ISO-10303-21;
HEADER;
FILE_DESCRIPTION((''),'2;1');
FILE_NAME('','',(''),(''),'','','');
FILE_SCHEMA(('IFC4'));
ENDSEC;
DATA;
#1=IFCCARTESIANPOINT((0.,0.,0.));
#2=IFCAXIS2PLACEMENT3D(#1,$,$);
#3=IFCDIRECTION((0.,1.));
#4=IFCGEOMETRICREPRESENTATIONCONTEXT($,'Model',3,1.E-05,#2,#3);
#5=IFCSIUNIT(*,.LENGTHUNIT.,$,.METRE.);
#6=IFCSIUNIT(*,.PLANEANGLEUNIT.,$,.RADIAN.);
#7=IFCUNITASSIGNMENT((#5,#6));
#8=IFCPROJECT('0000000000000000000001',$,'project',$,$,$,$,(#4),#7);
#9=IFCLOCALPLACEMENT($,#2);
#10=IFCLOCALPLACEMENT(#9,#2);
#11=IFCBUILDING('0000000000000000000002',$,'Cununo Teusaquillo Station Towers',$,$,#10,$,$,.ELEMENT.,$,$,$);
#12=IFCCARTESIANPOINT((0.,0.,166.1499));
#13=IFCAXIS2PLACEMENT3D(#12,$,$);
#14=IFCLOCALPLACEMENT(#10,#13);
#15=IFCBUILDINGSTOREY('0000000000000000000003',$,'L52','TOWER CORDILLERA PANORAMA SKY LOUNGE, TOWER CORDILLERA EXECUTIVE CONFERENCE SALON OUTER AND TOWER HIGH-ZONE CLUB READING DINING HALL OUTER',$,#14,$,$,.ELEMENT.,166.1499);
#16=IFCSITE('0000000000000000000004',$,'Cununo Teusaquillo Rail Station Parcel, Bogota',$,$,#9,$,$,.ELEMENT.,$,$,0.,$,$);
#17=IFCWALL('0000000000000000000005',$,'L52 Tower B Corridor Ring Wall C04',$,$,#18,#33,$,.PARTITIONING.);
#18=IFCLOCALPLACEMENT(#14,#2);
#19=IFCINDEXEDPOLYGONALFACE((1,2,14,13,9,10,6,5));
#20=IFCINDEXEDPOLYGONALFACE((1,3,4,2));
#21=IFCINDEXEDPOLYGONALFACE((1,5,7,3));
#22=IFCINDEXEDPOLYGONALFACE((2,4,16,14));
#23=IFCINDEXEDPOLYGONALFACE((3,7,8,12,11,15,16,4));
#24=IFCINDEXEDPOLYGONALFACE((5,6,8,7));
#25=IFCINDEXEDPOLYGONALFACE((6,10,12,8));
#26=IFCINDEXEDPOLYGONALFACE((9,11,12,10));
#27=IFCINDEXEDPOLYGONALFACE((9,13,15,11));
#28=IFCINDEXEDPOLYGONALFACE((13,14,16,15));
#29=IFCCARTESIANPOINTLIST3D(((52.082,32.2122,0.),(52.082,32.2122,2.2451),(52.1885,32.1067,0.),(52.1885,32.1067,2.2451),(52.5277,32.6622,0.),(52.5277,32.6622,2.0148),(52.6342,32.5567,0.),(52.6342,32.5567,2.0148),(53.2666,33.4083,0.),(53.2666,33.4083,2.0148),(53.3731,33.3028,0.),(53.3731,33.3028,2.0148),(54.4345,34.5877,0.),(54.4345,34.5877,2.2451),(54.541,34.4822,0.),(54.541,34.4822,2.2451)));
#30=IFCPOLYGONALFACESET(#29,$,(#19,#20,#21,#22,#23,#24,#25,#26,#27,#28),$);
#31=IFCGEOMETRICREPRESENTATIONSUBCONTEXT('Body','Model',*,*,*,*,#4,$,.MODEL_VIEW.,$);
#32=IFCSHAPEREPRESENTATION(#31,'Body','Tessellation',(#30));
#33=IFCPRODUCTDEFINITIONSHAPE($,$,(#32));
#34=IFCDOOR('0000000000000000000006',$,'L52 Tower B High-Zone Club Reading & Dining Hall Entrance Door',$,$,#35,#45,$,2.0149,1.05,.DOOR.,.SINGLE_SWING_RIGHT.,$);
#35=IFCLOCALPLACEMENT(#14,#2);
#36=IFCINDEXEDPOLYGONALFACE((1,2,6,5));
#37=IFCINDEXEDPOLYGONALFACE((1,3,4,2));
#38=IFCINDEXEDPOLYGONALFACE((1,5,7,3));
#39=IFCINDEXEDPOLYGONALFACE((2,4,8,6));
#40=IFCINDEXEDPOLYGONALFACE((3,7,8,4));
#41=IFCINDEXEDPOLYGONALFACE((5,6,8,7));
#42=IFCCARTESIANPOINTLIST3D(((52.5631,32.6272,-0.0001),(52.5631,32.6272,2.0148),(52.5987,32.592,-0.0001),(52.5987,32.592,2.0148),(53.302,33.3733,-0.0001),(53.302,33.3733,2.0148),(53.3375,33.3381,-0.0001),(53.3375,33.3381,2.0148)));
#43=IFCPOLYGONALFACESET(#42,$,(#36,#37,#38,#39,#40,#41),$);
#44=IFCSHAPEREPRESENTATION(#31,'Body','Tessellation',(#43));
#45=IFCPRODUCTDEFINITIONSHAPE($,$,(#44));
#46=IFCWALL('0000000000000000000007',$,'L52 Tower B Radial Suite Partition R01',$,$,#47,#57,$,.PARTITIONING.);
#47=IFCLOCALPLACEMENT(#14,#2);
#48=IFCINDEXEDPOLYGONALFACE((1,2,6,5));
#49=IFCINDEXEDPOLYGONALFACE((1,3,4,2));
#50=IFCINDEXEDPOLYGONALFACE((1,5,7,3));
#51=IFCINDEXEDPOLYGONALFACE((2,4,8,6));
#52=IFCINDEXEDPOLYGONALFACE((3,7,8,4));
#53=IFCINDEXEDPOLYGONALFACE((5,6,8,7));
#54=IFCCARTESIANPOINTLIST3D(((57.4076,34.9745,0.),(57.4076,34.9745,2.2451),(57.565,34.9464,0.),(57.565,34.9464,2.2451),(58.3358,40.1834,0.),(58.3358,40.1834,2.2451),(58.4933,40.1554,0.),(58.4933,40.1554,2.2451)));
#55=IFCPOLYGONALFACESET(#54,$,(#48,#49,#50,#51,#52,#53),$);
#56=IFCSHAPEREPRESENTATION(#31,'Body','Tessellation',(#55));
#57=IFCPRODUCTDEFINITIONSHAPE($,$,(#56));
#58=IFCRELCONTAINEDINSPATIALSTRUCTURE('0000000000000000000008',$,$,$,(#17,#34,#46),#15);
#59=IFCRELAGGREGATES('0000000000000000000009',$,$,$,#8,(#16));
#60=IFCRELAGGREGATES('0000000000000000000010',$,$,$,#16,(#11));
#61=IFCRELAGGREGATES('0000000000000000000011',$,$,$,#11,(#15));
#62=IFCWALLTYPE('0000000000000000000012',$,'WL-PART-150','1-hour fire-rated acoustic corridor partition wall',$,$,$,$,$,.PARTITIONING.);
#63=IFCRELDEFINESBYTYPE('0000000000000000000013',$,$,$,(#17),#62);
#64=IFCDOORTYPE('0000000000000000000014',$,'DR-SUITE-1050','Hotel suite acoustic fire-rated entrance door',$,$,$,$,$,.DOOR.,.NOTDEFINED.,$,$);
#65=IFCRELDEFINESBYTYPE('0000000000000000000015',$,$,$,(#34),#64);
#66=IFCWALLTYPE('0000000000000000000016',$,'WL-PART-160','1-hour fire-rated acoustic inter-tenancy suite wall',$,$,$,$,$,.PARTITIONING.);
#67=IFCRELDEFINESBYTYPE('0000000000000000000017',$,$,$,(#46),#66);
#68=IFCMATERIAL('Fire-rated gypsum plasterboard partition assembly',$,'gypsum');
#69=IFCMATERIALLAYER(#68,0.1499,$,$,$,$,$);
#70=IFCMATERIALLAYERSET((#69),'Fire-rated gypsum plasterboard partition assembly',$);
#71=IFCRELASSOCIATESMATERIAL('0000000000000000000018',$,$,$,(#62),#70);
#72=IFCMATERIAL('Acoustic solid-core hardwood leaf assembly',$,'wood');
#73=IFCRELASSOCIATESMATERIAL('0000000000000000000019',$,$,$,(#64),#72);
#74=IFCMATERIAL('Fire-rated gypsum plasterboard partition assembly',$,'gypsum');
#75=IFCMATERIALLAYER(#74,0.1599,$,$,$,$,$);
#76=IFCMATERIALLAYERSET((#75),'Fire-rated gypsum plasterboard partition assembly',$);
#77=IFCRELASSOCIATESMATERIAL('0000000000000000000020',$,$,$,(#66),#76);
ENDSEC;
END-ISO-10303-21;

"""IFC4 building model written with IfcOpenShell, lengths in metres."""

from ifc_helpers import new_model, si_unit, direction, frame, frame_2d, origin, place, context, subcontext, project, spatial, rectangle, extrude, source, transform, mapped, material, layer, layer_set, type_object, element, fill, save


model = new_model("IFC4")

# Units and contexts
model_context = context("Model", 3, precision=1e-05, world=origin(), true_north=direction((0.0, 1.0)))
body_context = subcontext(model_context, "Body", "Model", "MODEL_VIEW")
ifc_project = project(units=[si_unit("LENGTHUNIT", "METRE"), si_unit("PLANEANGLEUNIT", "RADIAN")], contexts=[model_context])

# Site, building, storey
site_placement = place(None, origin())
site = spatial("IfcSite", under=ifc_project, at=site_placement, Name="Cununo Teusaquillo Rail Station Parcel, Bogota", CompositionType="ELEMENT", RefElevation=0.0)
building_placement = place(site_placement, origin())
building = spatial("IfcBuilding", under=site, at=building_placement, Name="Cununo Teusaquillo Station Towers", CompositionType="ELEMENT")
storey_placement = place(building_placement, frame((0.0, 0.0, 166.1499)))
storey = spatial("IfcBuildingStorey", under=building, at=storey_placement, Name="L52", Description="TOWER CORDILLERA PANORAMA SKY LOUNGE, TOWER CORDILLERA EXECUTIVE CONFERENCE SALON OUTER AND TOWER HIGH-ZONE CLUB READING DINING HALL OUTER", CompositionType="ELEMENT", Elevation=166.1499)

# Shared definitions
ifc_material_1 = material(Name="Fire-rated gypsum plasterboard partition assembly", Category="gypsum")
ifc_layer_1 = layer(ifc_material_1, 0.1499)
ifc_layer_set_1 = layer_set([ifc_layer_1], Name="Fire-rated gypsum plasterboard partition assembly")
wall_type_1 = type_object("IfcWallType", Name="WL-PART-150", Description="1-hour fire-rated acoustic corridor partition wall", PredefinedType="PARTITIONING", material=ifc_layer_set_1)

# Wall, opening, door
wall_1_placement = place(storey_placement, frame((54.4878, 34.5349, 0.0), z_axis=(0.0, 0.0, 1.0), x_axis=(-0.703666, -0.710531, 0.0)))
wall_1 = element("IfcWall", 1, at=wall_1_placement, inside=storey, type_object=wall_type_1, Name="L52 Tower B Corridor Ring Wall C04", PredefinedType="PARTITIONING", context=body_context, shape_type="SweptSolid", body=[
    extrude(rectangle(XDim=3.3433, YDim=0.1499, at=frame_2d((1.6716, 0.0))), origin(), (0.0, 0.0, 1.0), 2.2451),
])
shared_shape_1 = source(origin(), body_context, "Body", "SweptSolid", [
    extrude(rectangle(XDim=1.05, YDim=2.0149, at=frame_2d((0.5249, 1.0073))), frame((0.0, 0.085, 0.0), z_axis=(0.0, -1.0, 0.0), x_axis=(1.0, 0.0, 0.0)), (0.0, 0.0, 1.0), 0.1699),
])
opening_1_placement = place(wall_1_placement, frame((1.6599, 0.0, 0.0)))
opening_1 = element("IfcOpeningElement", 2, at=opening_1_placement, cuts=wall_1, PredefinedType="OPENING", context=body_context, shape_type="MappedRepresentation", body=[
    mapped(shared_shape_1, transform((0.0, 0.0, 0.0), x_axis=(1.0, 0.0, 0.0), y_axis=(0.0, 1.0, 0.0), z_axis=(0.0, 0.0, 1.0), scale=1.0)),
])
ifc_material_2 = material(Name="Acoustic solid-core hardwood leaf assembly", Category="wood")
door_type_1 = type_object("IfcDoorType", Name="DR-SUITE-1050", Description="Hotel suite acoustic fire-rated entrance door", OperationType="NOTDEFINED", PredefinedType="DOOR", material=ifc_material_2)
shared_shape_2 = source(origin(), body_context, "Body", "SweptSolid", [
    extrude(rectangle(XDim=1.05, YDim=2.0149, at=frame_2d((0.5249, 1.0073))), frame((0.0, 0.0249, 0.0), z_axis=(0.0, -1.0, 0.0), x_axis=(1.0, 0.0, 0.0)), (0.0, 0.0, 1.0), 0.05),
])
door_1_placement = place(opening_1_placement, origin())
door_1 = element("IfcDoor", 3, at=door_1_placement, inside=storey, type_object=door_type_1, Name="L52 Tower B High-Zone Club Reading & Dining Hall Entrance Door", OperationType="SINGLE_SWING_RIGHT", OverallHeight=2.0149, OverallWidth=1.05, PredefinedType="DOOR", context=body_context, shape_type="MappedRepresentation", body=[
    mapped(shared_shape_2, transform((0.0, 0.0, 0.0), x_axis=(1.0, 0.0, 0.0), y_axis=(0.0, 1.0, 0.0), z_axis=(0.0, 0.0, 1.0), scale=1.0)),
])
fill(opening_1, door_1)

# Wall
ifc_material_3 = material(Name="Fire-rated gypsum plasterboard partition assembly", Category="gypsum")
ifc_layer_2 = layer(ifc_material_3, 0.1599)
ifc_layer_set_2 = layer_set([ifc_layer_2], Name="Fire-rated gypsum plasterboard partition assembly")
wall_type_2 = type_object("IfcWallType", Name="WL-PART-160", Description="1-hour fire-rated acoustic inter-tenancy suite wall", PredefinedType="PARTITIONING", material=ifc_layer_set_2)
wall_2_placement = place(storey_placement, frame((57.4863, 34.9604, 0.0), z_axis=(0.0, 0.0, 1.0), x_axis=(0.175433, 0.984491, 0.0)))
element("IfcWall", 4, at=wall_2_placement, inside=storey, type_object=wall_type_2, Name="L52 Tower B Radial Suite Partition R01", PredefinedType="PARTITIONING", context=body_context, shape_type="SweptSolid", body=[
    extrude(rectangle(XDim=5.291, YDim=0.1599, at=frame_2d((2.6455, 0.0))), origin(), (0.0, 0.0, 1.0), 2.2451),
])

save(model, "model.ifc")
